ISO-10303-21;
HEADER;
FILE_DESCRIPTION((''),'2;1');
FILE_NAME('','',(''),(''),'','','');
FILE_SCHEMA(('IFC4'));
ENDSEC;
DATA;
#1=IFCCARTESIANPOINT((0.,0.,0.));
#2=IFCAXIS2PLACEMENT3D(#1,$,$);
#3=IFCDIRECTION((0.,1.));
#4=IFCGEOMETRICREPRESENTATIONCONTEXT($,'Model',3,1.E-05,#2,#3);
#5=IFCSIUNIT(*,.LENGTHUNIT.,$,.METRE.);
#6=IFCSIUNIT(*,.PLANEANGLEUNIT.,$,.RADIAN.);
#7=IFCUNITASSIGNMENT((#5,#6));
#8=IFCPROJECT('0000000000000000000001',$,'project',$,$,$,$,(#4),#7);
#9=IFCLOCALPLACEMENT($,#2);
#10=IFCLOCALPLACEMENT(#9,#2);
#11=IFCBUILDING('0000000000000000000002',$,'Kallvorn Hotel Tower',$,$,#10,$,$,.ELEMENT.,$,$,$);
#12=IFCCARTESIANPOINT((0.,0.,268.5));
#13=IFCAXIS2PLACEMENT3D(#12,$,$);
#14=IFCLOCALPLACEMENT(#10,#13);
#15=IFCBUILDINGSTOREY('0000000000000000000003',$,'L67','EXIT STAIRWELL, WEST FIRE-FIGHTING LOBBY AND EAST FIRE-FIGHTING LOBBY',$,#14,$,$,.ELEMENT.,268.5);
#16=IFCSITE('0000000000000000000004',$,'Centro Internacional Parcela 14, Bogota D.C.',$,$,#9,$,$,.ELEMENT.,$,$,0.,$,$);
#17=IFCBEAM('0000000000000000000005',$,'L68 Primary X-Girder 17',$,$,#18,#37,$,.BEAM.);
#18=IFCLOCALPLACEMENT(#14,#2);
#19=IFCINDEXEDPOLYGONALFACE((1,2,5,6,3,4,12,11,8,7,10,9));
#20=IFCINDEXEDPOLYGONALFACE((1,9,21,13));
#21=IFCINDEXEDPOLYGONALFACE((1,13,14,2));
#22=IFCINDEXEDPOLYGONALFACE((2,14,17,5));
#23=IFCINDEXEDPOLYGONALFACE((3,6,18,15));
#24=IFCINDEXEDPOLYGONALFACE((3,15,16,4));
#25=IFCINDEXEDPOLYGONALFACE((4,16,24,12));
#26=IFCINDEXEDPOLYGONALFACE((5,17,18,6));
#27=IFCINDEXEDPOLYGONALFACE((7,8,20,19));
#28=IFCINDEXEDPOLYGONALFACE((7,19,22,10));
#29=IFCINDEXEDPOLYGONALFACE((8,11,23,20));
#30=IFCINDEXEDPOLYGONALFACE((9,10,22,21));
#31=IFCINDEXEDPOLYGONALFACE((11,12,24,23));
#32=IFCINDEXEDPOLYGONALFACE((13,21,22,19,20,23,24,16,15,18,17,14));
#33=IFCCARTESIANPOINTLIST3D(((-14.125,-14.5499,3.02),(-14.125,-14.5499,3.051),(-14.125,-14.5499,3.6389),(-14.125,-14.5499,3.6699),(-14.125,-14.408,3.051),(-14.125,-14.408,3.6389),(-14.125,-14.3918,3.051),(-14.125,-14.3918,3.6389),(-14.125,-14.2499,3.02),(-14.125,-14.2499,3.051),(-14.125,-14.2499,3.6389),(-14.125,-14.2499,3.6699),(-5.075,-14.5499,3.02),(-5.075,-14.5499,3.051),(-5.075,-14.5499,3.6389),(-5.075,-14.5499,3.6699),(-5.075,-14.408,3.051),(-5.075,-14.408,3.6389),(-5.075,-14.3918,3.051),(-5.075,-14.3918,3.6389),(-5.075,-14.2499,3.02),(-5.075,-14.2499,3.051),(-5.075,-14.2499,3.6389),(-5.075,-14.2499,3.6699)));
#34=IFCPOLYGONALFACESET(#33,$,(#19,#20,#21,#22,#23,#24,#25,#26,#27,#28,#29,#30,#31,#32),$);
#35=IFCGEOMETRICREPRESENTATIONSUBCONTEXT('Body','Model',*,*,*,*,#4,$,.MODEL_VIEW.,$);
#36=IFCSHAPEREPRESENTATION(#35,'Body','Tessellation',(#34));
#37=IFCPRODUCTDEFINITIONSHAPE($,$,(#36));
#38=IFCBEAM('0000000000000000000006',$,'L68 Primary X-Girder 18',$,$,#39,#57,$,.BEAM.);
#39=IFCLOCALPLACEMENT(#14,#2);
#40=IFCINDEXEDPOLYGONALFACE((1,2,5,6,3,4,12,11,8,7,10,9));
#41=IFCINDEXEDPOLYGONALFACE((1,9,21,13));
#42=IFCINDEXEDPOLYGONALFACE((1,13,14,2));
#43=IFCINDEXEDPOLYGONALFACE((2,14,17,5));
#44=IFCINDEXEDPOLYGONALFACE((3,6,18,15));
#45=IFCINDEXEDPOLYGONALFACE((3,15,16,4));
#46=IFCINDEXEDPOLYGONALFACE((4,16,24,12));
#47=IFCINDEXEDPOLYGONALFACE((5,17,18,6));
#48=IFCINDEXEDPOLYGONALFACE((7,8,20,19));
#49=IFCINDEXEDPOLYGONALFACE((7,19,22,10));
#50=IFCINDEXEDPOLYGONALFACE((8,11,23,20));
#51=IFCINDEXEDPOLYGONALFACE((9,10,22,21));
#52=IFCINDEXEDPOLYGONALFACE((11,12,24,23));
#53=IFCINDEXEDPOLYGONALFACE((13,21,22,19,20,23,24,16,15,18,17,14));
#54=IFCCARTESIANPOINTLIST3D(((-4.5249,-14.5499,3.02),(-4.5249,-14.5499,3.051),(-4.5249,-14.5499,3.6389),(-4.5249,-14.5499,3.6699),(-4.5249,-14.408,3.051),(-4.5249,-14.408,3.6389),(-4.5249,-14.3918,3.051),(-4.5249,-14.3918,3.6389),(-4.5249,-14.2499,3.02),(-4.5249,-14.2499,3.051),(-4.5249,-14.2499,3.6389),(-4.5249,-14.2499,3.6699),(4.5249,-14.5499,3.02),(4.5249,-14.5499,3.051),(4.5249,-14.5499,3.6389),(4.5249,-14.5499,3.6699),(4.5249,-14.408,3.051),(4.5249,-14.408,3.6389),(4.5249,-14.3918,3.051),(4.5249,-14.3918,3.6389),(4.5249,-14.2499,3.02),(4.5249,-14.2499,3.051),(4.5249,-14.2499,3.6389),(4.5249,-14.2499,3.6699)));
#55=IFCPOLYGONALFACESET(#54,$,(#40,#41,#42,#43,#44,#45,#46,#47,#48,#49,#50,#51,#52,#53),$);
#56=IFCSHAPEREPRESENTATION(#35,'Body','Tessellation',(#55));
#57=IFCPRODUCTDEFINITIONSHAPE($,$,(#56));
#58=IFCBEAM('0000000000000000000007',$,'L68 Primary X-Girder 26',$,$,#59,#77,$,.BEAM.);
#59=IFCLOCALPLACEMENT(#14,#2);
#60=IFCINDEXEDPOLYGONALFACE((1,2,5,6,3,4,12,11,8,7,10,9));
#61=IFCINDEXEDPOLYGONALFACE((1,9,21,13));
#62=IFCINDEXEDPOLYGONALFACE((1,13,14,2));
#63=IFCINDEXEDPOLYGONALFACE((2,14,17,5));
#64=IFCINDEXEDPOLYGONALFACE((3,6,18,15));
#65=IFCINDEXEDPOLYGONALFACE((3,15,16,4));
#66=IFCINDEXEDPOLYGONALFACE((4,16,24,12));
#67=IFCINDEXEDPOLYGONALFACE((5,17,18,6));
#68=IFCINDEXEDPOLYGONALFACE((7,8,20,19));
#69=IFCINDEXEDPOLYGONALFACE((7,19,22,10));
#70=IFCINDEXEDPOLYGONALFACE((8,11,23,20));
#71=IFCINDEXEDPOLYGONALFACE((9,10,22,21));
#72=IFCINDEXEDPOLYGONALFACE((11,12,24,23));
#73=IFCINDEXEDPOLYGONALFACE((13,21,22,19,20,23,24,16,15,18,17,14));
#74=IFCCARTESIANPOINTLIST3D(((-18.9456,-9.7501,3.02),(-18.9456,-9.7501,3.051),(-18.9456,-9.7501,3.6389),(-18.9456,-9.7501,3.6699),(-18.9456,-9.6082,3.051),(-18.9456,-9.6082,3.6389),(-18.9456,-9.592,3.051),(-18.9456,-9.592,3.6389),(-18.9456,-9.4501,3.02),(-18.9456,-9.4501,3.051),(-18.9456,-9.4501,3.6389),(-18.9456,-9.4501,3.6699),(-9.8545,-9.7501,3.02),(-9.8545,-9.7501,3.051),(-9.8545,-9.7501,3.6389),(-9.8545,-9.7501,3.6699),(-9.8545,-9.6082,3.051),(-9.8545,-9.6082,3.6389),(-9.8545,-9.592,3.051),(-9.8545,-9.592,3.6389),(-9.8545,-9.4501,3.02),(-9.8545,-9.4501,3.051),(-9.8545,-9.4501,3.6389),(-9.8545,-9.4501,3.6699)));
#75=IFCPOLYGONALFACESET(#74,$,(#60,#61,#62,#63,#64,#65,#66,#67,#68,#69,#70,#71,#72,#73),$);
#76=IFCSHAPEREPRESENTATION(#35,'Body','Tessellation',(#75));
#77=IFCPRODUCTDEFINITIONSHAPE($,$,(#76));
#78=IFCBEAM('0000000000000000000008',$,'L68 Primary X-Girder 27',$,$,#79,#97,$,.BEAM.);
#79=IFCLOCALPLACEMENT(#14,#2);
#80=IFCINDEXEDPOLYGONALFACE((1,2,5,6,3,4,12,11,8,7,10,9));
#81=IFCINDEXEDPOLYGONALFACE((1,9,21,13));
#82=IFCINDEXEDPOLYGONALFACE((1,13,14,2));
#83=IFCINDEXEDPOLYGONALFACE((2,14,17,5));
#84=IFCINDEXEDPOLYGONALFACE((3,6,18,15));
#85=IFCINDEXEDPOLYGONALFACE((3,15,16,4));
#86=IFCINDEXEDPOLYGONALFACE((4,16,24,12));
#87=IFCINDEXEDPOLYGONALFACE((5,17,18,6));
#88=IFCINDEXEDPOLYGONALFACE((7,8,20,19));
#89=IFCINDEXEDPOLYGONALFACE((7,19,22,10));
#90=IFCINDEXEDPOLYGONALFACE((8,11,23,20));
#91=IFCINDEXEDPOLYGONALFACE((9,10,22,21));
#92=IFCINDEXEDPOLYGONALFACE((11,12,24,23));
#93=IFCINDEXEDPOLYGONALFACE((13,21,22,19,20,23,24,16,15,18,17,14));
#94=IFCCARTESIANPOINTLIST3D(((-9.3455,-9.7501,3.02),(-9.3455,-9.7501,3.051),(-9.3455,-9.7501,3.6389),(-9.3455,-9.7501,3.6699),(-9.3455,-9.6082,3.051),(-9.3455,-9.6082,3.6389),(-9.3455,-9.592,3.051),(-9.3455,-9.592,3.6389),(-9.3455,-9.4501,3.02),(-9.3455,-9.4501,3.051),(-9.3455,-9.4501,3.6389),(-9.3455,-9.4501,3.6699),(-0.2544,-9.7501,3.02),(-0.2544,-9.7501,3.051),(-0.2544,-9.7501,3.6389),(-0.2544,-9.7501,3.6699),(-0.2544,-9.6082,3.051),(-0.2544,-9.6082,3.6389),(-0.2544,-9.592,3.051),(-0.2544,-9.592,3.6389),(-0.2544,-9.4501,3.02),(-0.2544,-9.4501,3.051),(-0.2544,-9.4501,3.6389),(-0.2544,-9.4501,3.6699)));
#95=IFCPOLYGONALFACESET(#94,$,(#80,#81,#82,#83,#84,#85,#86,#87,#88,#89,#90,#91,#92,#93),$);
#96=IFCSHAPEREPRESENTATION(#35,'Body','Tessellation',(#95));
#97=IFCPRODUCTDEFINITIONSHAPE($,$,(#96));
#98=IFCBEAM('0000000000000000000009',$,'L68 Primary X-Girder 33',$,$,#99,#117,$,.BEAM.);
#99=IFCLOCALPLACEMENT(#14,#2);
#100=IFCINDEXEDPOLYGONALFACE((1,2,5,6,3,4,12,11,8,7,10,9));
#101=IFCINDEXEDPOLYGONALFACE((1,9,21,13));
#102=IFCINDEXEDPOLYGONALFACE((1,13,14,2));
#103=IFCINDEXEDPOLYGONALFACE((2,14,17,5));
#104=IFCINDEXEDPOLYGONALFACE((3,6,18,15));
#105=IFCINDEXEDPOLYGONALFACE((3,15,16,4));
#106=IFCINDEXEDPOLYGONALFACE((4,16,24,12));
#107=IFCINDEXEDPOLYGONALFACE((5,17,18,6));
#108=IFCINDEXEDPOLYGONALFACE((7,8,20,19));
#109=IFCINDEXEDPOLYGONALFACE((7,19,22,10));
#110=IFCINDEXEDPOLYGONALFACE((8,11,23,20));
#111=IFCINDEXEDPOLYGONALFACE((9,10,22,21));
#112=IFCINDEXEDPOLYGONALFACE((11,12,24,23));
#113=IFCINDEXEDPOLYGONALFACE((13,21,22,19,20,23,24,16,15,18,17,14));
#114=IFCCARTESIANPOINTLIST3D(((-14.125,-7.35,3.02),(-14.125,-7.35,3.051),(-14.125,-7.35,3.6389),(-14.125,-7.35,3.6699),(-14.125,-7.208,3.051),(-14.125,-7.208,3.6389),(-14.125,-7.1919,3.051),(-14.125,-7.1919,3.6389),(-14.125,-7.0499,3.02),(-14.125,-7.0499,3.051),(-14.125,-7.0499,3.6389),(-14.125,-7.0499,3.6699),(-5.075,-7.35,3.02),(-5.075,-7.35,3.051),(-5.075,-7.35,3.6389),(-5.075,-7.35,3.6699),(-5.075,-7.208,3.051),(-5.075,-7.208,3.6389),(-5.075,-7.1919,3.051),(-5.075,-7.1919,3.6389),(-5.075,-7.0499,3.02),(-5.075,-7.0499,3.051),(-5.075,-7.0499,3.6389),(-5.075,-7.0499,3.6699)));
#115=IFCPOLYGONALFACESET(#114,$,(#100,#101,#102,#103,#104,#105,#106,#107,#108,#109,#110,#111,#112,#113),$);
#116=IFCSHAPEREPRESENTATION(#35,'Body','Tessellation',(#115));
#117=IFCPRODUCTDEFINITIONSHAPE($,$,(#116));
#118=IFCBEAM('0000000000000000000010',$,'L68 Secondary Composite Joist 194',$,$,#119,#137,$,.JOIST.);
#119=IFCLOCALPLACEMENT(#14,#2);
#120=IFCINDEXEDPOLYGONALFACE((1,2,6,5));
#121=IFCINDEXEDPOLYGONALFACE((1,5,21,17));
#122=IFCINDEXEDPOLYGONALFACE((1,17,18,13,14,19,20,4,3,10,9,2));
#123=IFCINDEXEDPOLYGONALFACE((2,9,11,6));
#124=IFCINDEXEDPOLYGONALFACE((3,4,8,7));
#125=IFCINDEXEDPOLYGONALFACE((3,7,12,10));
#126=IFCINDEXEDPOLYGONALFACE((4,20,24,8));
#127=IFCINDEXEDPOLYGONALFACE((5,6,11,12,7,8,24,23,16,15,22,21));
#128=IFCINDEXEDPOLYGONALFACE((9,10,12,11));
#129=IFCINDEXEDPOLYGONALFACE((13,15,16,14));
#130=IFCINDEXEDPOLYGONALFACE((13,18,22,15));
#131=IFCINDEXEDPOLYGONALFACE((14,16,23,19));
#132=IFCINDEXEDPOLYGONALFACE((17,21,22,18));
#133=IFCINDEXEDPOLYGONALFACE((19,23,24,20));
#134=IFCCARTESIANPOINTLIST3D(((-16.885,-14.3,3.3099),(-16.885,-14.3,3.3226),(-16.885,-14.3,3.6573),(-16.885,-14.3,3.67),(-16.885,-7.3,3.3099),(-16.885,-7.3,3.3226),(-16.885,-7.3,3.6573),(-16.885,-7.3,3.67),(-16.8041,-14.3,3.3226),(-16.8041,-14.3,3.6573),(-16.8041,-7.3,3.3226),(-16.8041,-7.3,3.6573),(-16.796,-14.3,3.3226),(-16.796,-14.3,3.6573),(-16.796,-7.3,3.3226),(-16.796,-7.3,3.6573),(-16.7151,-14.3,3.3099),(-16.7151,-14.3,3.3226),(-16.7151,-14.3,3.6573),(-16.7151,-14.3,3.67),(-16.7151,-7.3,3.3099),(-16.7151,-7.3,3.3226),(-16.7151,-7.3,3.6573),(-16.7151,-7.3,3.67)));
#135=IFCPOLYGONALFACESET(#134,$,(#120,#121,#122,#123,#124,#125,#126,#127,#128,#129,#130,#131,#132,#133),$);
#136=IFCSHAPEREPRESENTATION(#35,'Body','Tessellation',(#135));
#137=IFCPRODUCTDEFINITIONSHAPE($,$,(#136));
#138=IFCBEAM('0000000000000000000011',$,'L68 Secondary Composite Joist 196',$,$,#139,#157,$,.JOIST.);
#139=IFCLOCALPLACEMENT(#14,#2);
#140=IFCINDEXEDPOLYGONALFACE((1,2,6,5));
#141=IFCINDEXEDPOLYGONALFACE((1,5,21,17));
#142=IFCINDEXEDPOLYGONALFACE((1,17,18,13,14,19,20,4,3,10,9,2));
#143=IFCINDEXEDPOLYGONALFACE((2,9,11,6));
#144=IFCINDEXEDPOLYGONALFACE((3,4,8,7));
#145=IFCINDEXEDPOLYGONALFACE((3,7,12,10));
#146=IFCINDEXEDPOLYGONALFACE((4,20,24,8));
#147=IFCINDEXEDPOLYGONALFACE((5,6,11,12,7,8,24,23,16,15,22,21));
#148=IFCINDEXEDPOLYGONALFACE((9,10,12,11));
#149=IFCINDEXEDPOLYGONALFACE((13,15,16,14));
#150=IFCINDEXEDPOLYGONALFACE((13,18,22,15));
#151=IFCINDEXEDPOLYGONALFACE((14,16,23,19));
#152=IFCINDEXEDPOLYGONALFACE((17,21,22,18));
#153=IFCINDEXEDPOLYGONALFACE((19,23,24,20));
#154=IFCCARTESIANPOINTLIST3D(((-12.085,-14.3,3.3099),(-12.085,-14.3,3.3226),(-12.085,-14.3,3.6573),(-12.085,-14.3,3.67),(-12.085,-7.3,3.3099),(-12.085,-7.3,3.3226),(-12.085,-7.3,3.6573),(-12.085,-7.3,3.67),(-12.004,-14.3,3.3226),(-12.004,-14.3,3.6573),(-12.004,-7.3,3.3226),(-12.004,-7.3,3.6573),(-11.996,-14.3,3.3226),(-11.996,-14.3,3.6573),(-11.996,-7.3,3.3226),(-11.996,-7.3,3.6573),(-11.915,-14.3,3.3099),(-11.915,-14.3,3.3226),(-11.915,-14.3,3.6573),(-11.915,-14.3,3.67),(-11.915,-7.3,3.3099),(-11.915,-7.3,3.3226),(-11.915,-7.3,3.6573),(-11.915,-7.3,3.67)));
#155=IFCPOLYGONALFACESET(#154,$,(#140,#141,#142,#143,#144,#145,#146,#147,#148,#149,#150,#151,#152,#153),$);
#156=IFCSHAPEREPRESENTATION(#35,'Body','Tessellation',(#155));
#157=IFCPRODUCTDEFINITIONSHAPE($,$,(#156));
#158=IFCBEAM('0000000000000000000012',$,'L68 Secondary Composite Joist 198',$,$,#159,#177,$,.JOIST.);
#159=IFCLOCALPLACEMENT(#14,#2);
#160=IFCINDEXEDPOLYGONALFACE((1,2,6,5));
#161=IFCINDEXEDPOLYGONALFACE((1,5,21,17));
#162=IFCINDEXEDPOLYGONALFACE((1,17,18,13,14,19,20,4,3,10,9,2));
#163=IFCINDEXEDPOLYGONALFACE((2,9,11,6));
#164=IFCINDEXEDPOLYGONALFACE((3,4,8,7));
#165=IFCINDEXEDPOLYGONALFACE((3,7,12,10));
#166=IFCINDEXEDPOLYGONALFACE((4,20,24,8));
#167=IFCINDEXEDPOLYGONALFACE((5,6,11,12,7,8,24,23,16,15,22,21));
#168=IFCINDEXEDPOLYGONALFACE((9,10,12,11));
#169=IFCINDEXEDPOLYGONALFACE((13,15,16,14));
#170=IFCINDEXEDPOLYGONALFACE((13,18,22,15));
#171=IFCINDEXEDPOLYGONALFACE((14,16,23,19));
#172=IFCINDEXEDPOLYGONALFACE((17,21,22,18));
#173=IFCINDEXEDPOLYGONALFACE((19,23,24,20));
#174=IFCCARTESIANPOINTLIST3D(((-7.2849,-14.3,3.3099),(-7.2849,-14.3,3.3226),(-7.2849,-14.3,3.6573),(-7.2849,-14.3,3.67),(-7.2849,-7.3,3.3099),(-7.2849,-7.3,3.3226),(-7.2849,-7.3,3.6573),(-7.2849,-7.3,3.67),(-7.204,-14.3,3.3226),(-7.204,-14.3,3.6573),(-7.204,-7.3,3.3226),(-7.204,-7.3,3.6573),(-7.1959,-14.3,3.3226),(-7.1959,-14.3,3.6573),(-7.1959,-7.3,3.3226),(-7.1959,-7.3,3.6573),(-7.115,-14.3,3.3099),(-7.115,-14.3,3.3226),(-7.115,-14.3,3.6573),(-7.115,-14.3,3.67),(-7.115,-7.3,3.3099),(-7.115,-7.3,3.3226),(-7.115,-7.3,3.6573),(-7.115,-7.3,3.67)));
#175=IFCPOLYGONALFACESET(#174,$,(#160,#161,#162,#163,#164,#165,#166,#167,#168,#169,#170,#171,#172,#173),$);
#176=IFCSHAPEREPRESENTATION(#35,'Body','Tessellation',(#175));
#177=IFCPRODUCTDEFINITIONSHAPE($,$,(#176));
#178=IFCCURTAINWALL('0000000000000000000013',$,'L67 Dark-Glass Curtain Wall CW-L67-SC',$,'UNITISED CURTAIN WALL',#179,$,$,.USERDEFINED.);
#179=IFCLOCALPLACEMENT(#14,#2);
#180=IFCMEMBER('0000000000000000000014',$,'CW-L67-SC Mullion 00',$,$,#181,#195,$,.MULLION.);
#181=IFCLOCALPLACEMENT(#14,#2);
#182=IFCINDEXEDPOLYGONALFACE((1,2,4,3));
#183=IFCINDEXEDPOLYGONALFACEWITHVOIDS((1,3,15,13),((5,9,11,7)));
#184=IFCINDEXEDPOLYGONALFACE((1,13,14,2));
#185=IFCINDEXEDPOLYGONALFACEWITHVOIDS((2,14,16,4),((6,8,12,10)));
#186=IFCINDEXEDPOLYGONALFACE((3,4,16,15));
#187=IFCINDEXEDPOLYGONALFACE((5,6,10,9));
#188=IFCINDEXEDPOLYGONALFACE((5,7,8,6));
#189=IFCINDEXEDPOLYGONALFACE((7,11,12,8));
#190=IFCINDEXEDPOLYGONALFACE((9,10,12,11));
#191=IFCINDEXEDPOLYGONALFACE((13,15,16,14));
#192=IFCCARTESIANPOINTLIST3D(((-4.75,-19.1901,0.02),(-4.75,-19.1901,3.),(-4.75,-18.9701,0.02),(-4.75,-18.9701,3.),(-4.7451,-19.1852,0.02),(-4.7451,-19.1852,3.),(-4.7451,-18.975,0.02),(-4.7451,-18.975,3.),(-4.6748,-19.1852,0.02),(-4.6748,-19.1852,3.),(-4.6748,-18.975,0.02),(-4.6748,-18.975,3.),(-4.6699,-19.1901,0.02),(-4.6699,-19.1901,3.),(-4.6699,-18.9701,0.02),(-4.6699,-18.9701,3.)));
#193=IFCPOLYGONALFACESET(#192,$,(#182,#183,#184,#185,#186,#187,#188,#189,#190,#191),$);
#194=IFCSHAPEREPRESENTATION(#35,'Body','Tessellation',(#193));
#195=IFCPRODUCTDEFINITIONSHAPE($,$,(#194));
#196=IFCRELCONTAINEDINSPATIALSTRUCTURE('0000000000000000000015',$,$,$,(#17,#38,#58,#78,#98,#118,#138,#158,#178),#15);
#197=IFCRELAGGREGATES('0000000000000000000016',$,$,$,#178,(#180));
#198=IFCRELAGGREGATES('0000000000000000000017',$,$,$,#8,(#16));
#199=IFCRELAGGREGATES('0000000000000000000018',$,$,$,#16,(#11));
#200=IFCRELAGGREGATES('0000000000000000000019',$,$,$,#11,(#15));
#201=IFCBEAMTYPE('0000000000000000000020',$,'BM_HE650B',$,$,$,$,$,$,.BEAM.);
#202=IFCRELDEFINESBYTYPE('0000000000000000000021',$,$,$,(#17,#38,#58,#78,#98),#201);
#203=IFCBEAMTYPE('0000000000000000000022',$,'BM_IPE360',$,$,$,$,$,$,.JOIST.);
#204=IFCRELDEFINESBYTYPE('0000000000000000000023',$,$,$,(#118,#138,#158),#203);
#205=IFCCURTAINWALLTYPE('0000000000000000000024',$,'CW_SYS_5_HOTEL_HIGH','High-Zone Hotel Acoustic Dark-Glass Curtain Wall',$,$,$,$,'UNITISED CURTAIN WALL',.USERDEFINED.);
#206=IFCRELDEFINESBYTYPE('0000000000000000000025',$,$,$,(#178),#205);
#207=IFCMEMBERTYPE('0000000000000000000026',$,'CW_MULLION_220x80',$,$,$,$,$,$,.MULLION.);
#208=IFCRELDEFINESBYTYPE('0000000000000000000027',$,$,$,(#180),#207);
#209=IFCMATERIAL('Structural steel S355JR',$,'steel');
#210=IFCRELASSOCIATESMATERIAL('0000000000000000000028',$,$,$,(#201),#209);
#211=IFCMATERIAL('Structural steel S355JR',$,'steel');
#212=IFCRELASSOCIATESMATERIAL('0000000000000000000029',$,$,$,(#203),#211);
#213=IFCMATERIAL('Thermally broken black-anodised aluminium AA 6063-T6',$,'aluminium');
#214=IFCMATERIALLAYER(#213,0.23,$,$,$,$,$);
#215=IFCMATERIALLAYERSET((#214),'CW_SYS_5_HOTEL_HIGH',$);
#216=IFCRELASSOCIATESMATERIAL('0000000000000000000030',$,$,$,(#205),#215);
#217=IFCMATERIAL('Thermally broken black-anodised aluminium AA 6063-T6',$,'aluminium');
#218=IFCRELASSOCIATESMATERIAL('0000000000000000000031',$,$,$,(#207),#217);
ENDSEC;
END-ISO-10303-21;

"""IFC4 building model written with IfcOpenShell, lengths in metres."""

from ifc_helpers import new_model, si_unit, direction, frame, origin, origin_2d, place, context, subcontext, project, spatial, hollow_rectangle, i_section, extrude, material, layer, layer_set, material_profile, profile_set, type_object, element, aggregate, save


model = new_model("IFC4")

# Units and contexts
model_context = context("Model", 3, precision=1e-05, world=origin(), true_north=direction((0.0, 1.0)))
body_context = subcontext(model_context, "Body", "Model", "MODEL_VIEW")
ifc_project = project(units=[si_unit("LENGTHUNIT", "METRE"), si_unit("PLANEANGLEUNIT", "RADIAN")], contexts=[model_context])

# Site, building, storey
site_placement = place(None, origin())
site = spatial("IfcSite", under=ifc_project, at=site_placement, Name="Centro Internacional Parcela 14, Bogota D.C.", CompositionType="ELEMENT", RefElevation=0.0)
building_placement = place(site_placement, origin())
building = spatial("IfcBuilding", under=site, at=building_placement, Name="Kallvorn Hotel Tower", CompositionType="ELEMENT")
storey_placement = place(building_placement, frame((0.0, 0.0, 268.5)))
storey = spatial("IfcBuildingStorey", under=building, at=storey_placement, Name="L67", Description="EXIT STAIRWELL, WEST FIRE-FIGHTING LOBBY AND EAST FIRE-FIGHTING LOBBY", CompositionType="ELEMENT", Elevation=268.5)

# Beams
ifc_material_1 = material(Name="Structural steel S355JR", Category="steel")
ifc_material_profile_1 = material_profile(ifc_material_1, i_section(OverallWidth=0.3, OverallDepth=0.6499, WebThickness=0.0161, FlangeThickness=0.031, at=origin_2d()), Name="HE 650 B")
ifc_profile_set_1 = profile_set([ifc_material_profile_1], Name="Structural steel S355JR")
beam_type_1 = type_object("IfcBeamType", Name="BM_HE650B", PredefinedType="BEAM", material=ifc_profile_set_1)
beam_1_placement = place(storey_placement, frame((-14.125, -14.3999, 3.345), z_axis=(1.0, 0.0, 0.0), x_axis=(0.0, 1.0, 0.0)))
element("IfcBeam", 1, at=beam_1_placement, inside=storey, type_object=beam_type_1, Name="L68 Primary X-Girder 17", PredefinedType="BEAM", context=body_context, shape_type="SweptSolid", body=[
    extrude(i_section(OverallWidth=0.3, OverallDepth=0.6499, WebThickness=0.0161, FlangeThickness=0.031, at=origin_2d()), origin(), (0.0, 0.0, 1.0), 9.05),
])
beam_2_placement = place(storey_placement, frame((-4.5249, -14.3999, 3.345), z_axis=(1.0, 0.0, 0.0), x_axis=(0.0, 1.0, 0.0)))
element("IfcBeam", 2, at=beam_2_placement, inside=storey, type_object=beam_type_1, Name="L68 Primary X-Girder 18", PredefinedType="BEAM", context=body_context, shape_type="SweptSolid", body=[
    extrude(i_section(OverallWidth=0.3, OverallDepth=0.6499, WebThickness=0.0161, FlangeThickness=0.031, at=origin_2d()), origin(), (0.0, 0.0, 1.0), 9.0498),
])
for number, where, z_axis, x_axis, name in (
    (3, (-18.9456, -9.6001, 3.345), (1.0, 0.0, 0.0), (0.0, 1.0, 0.0), "L68 Primary X-Girder 26"),
    (4, (-9.3455, -9.6001, 3.345), (1.0, 0.0, 0.0), (0.0, 1.0, 0.0), "L68 Primary X-Girder 27"),
):
    element("IfcBeam", number, at=place(storey_placement, frame(where, z_axis=z_axis, x_axis=x_axis)), inside=storey, type_object=beam_type_1, Name=name, PredefinedType="BEAM", context=body_context, shape_type="SweptSolid", body=[
        extrude(i_section(OverallWidth=0.3, OverallDepth=0.6499, WebThickness=0.0161, FlangeThickness=0.031, at=origin_2d()), origin(), (0.0, 0.0, 1.0), 9.0911),
    ])
beam_3_placement = place(storey_placement, frame((-14.125, -7.2, 3.345), z_axis=(1.0, 0.0, 0.0), x_axis=(0.0, 1.0, 0.0)))
element("IfcBeam", 5, at=beam_3_placement, inside=storey, type_object=beam_type_1, Name="L68 Primary X-Girder 33", PredefinedType="BEAM", context=body_context, shape_type="SweptSolid", body=[
    extrude(i_section(OverallWidth=0.3, OverallDepth=0.6499, WebThickness=0.0161, FlangeThickness=0.031, at=origin_2d()), origin(), (0.0, 0.0, 1.0), 9.05),
])
ifc_material_2 = material(Name="Structural steel S355JR", Category="steel")
ifc_material_profile_2 = material_profile(ifc_material_2, i_section(OverallWidth=0.1699, OverallDepth=0.3601, WebThickness=0.0081, FlangeThickness=0.0127, at=origin_2d()), Name="IPE 360")
ifc_profile_set_2 = profile_set([ifc_material_profile_2], Name="Structural steel S355JR")
beam_type_2 = type_object("IfcBeamType", Name="BM_IPE360", PredefinedType="JOIST", material=ifc_profile_set_2)
for number, where, z_axis, x_axis, name in (
    (6, (-16.8, -14.3, 3.49), (0.0, 1.0, 0.0), (-1.0, 0.0, 0.0), "L68 Secondary Composite Joist 194"),
    (7, (-12.0, -14.3, 3.49), (0.0, 1.0, 0.0), (-1.0, 0.0, 0.0), "L68 Secondary Composite Joist 196"),
    (8, (-7.2, -14.3, 3.49), (0.0, 1.0, 0.0), (-1.0, 0.0, 0.0), "L68 Secondary Composite Joist 198"),
):
    element("IfcBeam", number, at=place(storey_placement, frame(where, z_axis=z_axis, x_axis=x_axis)), inside=storey, type_object=beam_type_2, Name=name, PredefinedType="JOIST", context=body_context, shape_type="SweptSolid", body=[
        extrude(i_section(OverallWidth=0.1699, OverallDepth=0.3601, WebThickness=0.0081, FlangeThickness=0.0127, at=origin_2d()), origin(), (0.0, 0.0, 1.0), 7.0),
    ])

# Curtain wall, member
ifc_material_3 = material(Name="Thermally broken black-anodised aluminium AA 6063-T6", Category="aluminium")
ifc_layer_1 = layer(ifc_material_3, 0.23)
ifc_layer_set_1 = layer_set([ifc_layer_1], Name="CW_SYS_5_HOTEL_HIGH")
curtain_wall_type = type_object("IfcCurtainWallType", Name="CW_SYS_5_HOTEL_HIGH", Description="High-Zone Hotel Acoustic Dark-Glass Curtain Wall", ElementType="UNITISED CURTAIN WALL", PredefinedType="USERDEFINED", material=ifc_layer_set_1)
curtain_wall_placement = place(storey_placement, origin())
curtain_wall = element("IfcCurtainWall", 9, at=curtain_wall_placement, inside=storey, type_object=curtain_wall_type, Name="L67 Dark-Glass Curtain Wall CW-L67-SC", ObjectType="UNITISED CURTAIN WALL", PredefinedType="USERDEFINED")
ifc_material_4 = material(Name="Thermally broken black-anodised aluminium AA 6063-T6", Category="aluminium")
ifc_material_profile_3 = material_profile(ifc_material_4, hollow_rectangle(XDim=0.0801, YDim=0.22, WallThickness=0.0049, at=origin_2d()), Name="MUL 220x80")
ifc_profile_set_3 = profile_set([ifc_material_profile_3], Name="Thermally broken black-anodised aluminium AA 6063-T6")
member_type_1 = type_object("IfcMemberType", Name="CW_MULLION_220x80", PredefinedType="MULLION", material=ifc_profile_set_3)
member_1_placement = place(storey_placement, frame((-4.71, -19.0801, 0.02), z_axis=(0.0, 0.0, 1.0), x_axis=(1.0, 0.0, 0.0)))
member_1 = element("IfcMember", 10, at=member_1_placement, type_object=member_type_1, Name="CW-L67-SC Mullion 00", PredefinedType="MULLION", context=body_context, shape_type="SweptSolid", body=[
    extrude(hollow_rectangle(XDim=0.0801, YDim=0.22, WallThickness=0.0049, at=origin_2d()), origin(), (0.0, 0.0, 1.0), 2.98),
])
aggregate(curtain_wall, [member_1])

save(model, "model.ifc")
